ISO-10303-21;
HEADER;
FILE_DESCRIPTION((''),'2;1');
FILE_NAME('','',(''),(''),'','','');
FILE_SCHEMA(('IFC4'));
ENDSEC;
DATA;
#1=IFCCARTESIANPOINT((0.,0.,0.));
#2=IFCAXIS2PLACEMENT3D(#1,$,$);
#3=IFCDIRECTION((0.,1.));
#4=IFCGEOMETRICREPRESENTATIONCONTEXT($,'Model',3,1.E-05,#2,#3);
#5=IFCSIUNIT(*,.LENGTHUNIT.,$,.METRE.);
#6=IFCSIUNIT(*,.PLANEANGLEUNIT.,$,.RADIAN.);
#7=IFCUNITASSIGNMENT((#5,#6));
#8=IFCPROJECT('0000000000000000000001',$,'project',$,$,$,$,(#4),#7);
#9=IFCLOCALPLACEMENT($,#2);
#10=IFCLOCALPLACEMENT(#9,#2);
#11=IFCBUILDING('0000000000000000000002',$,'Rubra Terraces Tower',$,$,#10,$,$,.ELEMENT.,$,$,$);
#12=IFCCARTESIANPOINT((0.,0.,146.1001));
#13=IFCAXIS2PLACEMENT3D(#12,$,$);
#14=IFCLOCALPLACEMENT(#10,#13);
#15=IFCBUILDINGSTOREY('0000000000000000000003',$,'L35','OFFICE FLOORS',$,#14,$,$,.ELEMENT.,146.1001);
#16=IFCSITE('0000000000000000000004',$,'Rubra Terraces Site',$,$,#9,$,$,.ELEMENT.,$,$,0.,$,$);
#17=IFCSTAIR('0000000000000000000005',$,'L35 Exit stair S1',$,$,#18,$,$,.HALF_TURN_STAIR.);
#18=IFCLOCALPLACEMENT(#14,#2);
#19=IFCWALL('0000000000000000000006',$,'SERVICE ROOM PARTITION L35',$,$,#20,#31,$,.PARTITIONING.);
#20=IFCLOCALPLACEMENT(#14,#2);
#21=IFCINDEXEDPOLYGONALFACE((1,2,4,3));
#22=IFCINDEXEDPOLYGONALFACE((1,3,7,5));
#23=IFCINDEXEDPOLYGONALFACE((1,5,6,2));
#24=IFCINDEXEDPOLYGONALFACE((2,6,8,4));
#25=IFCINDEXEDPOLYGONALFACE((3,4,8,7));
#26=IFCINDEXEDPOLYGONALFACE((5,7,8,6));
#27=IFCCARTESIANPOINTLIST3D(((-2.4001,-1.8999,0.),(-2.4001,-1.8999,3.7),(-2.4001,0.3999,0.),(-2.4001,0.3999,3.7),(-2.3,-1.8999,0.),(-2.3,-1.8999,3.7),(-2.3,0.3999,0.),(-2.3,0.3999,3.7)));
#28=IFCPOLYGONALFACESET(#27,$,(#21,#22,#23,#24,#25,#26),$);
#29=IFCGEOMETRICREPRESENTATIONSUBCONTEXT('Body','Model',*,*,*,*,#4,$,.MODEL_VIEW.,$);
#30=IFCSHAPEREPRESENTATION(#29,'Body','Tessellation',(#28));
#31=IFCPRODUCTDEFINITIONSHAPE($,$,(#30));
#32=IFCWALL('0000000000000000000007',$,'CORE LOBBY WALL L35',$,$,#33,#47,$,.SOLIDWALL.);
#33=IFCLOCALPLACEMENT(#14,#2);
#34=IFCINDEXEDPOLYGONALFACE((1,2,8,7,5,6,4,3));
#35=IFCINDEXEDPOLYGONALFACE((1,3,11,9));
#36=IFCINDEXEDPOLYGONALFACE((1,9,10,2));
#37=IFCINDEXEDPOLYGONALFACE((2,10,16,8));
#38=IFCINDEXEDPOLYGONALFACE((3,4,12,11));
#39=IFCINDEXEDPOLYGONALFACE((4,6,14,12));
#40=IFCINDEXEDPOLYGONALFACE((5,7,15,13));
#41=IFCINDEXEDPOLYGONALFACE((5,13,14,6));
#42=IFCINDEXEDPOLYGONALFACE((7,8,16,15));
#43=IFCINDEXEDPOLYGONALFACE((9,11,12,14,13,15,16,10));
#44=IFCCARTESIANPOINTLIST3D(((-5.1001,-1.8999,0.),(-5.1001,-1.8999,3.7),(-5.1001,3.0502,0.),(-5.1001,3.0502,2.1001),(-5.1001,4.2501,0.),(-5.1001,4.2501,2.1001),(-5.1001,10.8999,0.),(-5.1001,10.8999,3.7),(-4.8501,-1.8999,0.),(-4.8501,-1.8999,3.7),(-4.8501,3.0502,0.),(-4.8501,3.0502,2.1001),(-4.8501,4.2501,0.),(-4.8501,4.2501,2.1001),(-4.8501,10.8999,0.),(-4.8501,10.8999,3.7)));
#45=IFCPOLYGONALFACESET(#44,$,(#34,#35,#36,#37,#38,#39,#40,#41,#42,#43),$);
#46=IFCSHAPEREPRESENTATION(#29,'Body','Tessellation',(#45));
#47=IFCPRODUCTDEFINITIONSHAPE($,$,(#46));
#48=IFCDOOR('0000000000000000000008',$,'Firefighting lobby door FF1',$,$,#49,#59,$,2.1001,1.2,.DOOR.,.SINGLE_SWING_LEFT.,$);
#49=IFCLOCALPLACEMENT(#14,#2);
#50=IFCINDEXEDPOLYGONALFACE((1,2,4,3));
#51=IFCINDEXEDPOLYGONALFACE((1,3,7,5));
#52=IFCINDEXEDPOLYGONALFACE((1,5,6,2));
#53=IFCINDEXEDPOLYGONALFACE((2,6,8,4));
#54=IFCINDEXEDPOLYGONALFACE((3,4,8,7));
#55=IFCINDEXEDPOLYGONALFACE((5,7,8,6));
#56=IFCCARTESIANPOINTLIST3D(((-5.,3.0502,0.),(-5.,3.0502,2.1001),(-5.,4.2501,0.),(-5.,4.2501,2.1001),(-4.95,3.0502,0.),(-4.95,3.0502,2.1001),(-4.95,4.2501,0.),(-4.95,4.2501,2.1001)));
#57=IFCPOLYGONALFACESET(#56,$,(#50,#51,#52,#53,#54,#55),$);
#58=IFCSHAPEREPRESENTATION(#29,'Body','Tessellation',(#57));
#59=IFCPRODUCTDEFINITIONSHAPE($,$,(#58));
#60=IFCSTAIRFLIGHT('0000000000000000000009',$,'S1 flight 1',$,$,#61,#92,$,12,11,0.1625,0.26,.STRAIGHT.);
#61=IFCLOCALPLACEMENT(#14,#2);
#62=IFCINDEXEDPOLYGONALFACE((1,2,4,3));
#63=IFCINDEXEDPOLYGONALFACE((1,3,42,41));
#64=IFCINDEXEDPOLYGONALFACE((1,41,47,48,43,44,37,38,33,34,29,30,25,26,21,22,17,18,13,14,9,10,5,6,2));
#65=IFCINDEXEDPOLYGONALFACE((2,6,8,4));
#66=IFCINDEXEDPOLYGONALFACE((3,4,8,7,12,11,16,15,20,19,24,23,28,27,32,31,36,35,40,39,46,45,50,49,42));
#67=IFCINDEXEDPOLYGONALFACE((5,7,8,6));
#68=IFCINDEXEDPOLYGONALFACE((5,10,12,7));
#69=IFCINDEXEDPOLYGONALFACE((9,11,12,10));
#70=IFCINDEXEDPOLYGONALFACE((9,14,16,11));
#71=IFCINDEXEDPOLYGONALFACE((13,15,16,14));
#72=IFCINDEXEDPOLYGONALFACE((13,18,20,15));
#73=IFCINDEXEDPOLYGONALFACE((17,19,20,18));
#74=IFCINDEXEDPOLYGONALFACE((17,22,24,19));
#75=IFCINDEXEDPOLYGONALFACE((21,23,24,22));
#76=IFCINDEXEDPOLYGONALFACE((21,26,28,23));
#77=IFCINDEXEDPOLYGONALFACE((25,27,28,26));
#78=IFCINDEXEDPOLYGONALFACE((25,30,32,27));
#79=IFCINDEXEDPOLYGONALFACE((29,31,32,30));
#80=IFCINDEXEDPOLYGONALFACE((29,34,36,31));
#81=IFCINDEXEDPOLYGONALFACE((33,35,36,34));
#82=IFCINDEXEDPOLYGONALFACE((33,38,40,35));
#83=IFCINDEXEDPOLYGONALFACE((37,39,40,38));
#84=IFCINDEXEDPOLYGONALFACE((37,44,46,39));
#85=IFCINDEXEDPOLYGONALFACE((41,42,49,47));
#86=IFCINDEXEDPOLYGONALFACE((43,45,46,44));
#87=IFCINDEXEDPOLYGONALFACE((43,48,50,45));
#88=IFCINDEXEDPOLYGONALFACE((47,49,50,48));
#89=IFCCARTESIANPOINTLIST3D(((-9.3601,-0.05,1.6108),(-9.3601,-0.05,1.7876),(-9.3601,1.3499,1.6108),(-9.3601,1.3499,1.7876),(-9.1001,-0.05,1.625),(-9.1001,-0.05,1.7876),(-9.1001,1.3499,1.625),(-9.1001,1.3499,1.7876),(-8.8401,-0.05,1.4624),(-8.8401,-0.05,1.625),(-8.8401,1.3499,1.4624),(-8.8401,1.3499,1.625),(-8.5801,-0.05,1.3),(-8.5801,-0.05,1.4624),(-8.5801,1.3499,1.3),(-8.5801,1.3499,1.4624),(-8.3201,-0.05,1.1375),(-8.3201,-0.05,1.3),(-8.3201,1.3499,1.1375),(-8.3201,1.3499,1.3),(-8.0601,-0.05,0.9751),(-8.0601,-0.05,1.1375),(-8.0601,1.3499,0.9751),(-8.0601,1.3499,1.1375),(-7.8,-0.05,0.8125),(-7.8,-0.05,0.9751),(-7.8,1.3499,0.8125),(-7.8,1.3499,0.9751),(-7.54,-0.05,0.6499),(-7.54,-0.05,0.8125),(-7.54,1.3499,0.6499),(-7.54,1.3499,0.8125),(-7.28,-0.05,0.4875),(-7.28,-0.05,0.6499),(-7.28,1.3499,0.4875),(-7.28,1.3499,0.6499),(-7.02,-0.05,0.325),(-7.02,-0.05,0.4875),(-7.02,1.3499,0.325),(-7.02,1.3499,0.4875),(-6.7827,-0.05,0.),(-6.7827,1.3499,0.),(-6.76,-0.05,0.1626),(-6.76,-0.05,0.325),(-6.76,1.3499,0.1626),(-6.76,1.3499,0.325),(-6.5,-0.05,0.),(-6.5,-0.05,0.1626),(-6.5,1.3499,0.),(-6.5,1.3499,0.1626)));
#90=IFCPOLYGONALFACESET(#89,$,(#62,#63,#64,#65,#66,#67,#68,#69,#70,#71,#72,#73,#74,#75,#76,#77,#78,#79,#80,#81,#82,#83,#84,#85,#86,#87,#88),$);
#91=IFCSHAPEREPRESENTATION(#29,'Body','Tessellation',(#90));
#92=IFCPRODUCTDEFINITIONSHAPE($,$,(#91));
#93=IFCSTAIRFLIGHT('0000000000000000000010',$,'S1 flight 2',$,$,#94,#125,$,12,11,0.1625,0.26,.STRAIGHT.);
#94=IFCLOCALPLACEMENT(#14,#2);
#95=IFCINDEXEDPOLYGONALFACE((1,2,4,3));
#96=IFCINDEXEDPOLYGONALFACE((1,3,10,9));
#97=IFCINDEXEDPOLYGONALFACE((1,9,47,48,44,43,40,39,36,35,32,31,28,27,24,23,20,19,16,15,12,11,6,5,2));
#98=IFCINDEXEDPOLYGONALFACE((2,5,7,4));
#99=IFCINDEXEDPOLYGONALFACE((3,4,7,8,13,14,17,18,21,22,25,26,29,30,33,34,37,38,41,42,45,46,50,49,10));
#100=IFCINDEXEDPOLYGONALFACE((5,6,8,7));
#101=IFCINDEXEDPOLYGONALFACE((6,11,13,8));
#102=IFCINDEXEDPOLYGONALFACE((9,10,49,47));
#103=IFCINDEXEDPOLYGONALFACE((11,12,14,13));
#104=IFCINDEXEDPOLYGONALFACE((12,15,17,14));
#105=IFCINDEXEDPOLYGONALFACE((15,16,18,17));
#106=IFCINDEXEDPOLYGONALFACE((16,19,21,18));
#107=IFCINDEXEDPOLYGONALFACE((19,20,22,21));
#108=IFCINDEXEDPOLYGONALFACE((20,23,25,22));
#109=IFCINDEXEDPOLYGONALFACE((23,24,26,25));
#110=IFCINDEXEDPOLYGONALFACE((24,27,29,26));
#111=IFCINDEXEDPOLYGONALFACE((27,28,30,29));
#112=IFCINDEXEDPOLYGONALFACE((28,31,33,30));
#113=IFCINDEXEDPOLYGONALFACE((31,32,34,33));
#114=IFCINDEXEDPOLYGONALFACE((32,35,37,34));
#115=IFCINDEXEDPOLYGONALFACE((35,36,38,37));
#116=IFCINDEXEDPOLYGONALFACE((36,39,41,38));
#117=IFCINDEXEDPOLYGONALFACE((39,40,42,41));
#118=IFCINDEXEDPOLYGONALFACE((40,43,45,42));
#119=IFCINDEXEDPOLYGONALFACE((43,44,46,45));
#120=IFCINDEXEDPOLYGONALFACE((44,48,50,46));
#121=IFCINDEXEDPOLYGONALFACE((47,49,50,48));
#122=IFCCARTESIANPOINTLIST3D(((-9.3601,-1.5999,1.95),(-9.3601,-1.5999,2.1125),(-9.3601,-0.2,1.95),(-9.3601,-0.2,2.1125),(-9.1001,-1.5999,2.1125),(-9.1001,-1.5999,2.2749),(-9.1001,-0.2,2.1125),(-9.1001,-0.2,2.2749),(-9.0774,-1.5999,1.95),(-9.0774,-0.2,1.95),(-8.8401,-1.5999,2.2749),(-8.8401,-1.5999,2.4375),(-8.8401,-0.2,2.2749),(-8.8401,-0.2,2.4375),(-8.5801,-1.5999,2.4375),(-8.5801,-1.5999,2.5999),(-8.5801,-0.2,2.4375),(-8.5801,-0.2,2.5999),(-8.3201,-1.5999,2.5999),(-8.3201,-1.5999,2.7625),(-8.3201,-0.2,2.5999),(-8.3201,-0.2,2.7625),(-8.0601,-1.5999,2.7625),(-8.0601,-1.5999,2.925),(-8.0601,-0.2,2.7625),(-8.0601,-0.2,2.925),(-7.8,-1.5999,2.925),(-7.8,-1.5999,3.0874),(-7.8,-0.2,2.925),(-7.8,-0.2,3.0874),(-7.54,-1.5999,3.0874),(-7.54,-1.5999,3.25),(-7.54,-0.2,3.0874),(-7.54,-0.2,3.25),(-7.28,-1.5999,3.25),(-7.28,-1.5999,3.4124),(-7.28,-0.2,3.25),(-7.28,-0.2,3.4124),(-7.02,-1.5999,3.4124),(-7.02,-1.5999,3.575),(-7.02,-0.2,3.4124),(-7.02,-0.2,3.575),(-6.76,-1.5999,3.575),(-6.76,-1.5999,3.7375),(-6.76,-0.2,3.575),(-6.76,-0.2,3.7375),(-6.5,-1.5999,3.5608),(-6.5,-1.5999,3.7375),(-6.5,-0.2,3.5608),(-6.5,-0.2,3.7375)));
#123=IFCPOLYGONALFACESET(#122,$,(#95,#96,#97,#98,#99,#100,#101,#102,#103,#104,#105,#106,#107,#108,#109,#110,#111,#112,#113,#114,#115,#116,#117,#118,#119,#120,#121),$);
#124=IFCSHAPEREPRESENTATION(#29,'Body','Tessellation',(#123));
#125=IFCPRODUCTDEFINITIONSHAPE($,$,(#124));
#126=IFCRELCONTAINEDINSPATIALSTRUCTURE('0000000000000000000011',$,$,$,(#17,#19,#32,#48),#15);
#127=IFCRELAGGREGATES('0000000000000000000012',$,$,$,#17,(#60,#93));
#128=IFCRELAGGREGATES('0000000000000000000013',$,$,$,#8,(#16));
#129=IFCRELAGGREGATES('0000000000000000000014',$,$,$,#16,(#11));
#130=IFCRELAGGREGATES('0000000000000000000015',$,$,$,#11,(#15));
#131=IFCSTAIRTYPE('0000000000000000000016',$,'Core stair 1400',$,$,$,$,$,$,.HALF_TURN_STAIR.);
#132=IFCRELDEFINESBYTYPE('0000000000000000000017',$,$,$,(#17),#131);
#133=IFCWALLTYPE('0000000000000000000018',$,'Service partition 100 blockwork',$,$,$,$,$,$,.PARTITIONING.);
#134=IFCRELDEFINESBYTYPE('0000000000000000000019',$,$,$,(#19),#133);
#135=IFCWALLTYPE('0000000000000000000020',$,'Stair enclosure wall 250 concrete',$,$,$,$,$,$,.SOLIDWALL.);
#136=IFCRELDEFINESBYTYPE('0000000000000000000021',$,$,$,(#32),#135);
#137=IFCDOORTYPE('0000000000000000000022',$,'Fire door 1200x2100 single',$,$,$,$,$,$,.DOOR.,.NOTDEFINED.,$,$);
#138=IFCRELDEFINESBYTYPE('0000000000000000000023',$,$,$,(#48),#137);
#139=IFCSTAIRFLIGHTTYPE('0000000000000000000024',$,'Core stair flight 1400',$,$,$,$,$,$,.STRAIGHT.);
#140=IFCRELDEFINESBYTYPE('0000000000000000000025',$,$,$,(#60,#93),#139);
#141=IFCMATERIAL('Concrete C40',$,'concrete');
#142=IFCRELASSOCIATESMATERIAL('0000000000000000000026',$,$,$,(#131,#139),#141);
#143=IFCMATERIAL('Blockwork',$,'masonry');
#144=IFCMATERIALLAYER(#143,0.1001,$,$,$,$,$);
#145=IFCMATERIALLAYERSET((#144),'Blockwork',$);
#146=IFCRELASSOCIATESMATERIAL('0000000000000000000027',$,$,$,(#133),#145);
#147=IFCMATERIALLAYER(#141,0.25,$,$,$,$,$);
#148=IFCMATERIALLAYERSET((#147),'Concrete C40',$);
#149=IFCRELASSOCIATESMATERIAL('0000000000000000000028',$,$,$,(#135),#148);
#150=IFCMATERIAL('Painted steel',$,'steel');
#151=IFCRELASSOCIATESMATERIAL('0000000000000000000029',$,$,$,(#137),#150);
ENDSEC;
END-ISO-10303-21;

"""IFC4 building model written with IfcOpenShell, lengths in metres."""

from ifc_helpers import new_model, si_unit, direction, frame, frame_2d, origin, place, context, subcontext, project, spatial, polyline, rectangle, outline, extrude, material, layer, layer_set, type_object, element, fill, aggregate, save


model = new_model("IFC4")

# Units and contexts
model_context = context("Model", 3, precision=1e-05, world=origin(), true_north=direction((0.0, 1.0)))
body_context = subcontext(model_context, "Body", "Model", "MODEL_VIEW")
ifc_project = project(units=[si_unit("LENGTHUNIT", "METRE"), si_unit("PLANEANGLEUNIT", "RADIAN")], contexts=[model_context])

# Site, building, storey
site_placement = place(None, origin())
site = spatial("IfcSite", under=ifc_project, at=site_placement, Name="Rubra Terraces Site", CompositionType="ELEMENT", RefElevation=0.0)
building_placement = place(site_placement, origin())
building = spatial("IfcBuilding", under=site, at=building_placement, Name="Rubra Terraces Tower", CompositionType="ELEMENT")
storey_placement = place(building_placement, frame((0.0, 0.0, 146.1001)))
storey = spatial("IfcBuildingStorey", under=building, at=storey_placement, Name="L35", Description="OFFICE FLOORS", CompositionType="ELEMENT", Elevation=146.1001)

# Shared definitions
ifc_material_1 = material(Name="Concrete C40", Category="concrete")

# Stair
stair_type = type_object("IfcStairType", Name="Core stair 1400", PredefinedType="HALF_TURN_STAIR", material=ifc_material_1)
stair_placement = place(storey_placement, origin())
stair = element("IfcStair", 1, at=stair_placement, inside=storey, type_object=stair_type, Name="L35 Exit stair S1", PredefinedType="HALF_TURN_STAIR")

# Wall
ifc_material_2 = material(Name="Blockwork", Category="masonry")
ifc_layer_1 = layer(ifc_material_2, 0.1001)
ifc_layer_set_1 = layer_set([ifc_layer_1], Name="Blockwork")
wall_type_1 = type_object("IfcWallType", Name="Service partition 100 blockwork", PredefinedType="PARTITIONING", material=ifc_layer_set_1)
wall_1_placement = place(storey_placement, frame((-2.3501, -1.8999, 0.0), z_axis=(0.0, 0.0, 1.0), x_axis=(0.0, 1.0, 0.0)))
element("IfcWall", 2, at=wall_1_placement, inside=storey, type_object=wall_type_1, Name="SERVICE ROOM PARTITION L35", PredefinedType="PARTITIONING", context=body_context, shape_type="SweptSolid", body=[
    extrude(rectangle(XDim=2.2998, YDim=0.1001, at=frame_2d((1.1499, 0.0))), origin(), (0.0, 0.0, 1.0), 3.7),
])

# Wall, opening, door
ifc_layer_2 = layer(ifc_material_1, 0.25)
ifc_layer_set_2 = layer_set([ifc_layer_2], Name="Concrete C40")
wall_type_2 = type_object("IfcWallType", Name="Stair enclosure wall 250 concrete", PredefinedType="SOLIDWALL", material=ifc_layer_set_2)
wall_2_placement = place(storey_placement, frame((-4.9751, -1.8999, 0.0), z_axis=(0.0, 0.0, 1.0), x_axis=(0.0, 1.0, 0.0)))
wall_2 = element("IfcWall", 3, at=wall_2_placement, inside=storey, type_object=wall_type_2, Name="CORE LOBBY WALL L35", PredefinedType="SOLIDWALL", context=body_context, shape_type="SweptSolid", body=[
    extrude(rectangle(XDim=12.7998, YDim=0.25, at=frame_2d((6.3999, 0.0))), origin(), (0.0, 0.0, 1.0), 3.7),
])
opening_1_placement = place(wall_2_placement, frame((4.95, 0.0, 0.0)))
opening_1 = element("IfcOpeningElement", 4, at=opening_1_placement, cuts=wall_2, PredefinedType="OPENING", context=body_context, shape_type="SweptSolid", body=[
    extrude(rectangle(XDim=1.2, YDim=2.1001, at=frame_2d((0.6001, 1.05))), frame((0.0, 0.135, 0.0), z_axis=(0.0, -1.0, 0.0), x_axis=(1.0, 0.0, 0.0)), (0.0, 0.0, 1.0), 0.27),
])
ifc_material_3 = material(Name="Painted steel", Category="steel")
door_type_1 = type_object("IfcDoorType", Name="Fire door 1200x2100 single", OperationType="NOTDEFINED", PredefinedType="DOOR", material=ifc_material_3)
door_1_placement = place(opening_1_placement, origin())
door_1 = element("IfcDoor", 5, at=door_1_placement, inside=storey, type_object=door_type_1, Name="Firefighting lobby door FF1", OperationType="SINGLE_SWING_LEFT", OverallHeight=2.1001, OverallWidth=1.2, PredefinedType="DOOR", context=body_context, shape_type="SweptSolid", body=[
    extrude(rectangle(XDim=1.2, YDim=2.1001, at=frame_2d((0.6001, 1.05))), frame((0.0, 0.0249, 0.0), z_axis=(0.0, -1.0, 0.0), x_axis=(1.0, 0.0, 0.0)), (0.0, 0.0, 1.0), 0.05),
])
fill(opening_1, door_1)

# Stair flights
stair_flight_type = type_object("IfcStairFlightType", Name="Core stair flight 1400", PredefinedType="STRAIGHT", material=ifc_material_1)
stair_flight_1_placement = place(storey_placement, frame((-6.5, 0.6499, 0.0), z_axis=(0.0, 0.0, 1.0), x_axis=(-1.0, 0.0, 0.0)))
stair_flight_1 = element("IfcStairFlight", 6, at=stair_flight_1_placement, type_object=stair_flight_type, Name="S1 flight 1", NumberOfRisers=12, NumberOfTreads=11, PredefinedType="STRAIGHT", RiserHeight=0.1625, TreadLength=0.26, context=body_context, shape_type="SweptSolid", body=[
    extrude(outline(polyline([(0.0, 0.0), (0.0, 0.1626), (0.26, 0.1626), (0.26, 0.325), (0.52, 0.325), (0.52, 0.4875), (0.78, 0.4875), (0.78, 0.6499), (1.04, 0.6499), (1.04, 0.8125), (1.3, 0.8125), (1.3, 0.9751), (1.5601, 0.9751), (1.5601, 1.1375), (1.8201, 1.1375), (1.8201, 1.3), (2.0801, 1.3), (2.0801, 1.4624), (2.3401, 1.4624), (2.3401, 1.625), (2.6001, 1.625), (2.6001, 1.7876), (2.8601, 1.7876), (2.8601, 1.95), (2.8601, 1.6108), (0.2827, 0.0), (0.0, 0.0)])), frame((0.0, 0.7, 0.0), z_axis=(0.0, -1.0, 0.0), x_axis=(1.0, 0.0, 0.0)), (0.0, 0.0, 1.0), 1.3999),
])
stair_flight_2_placement = place(storey_placement, frame((-9.3601, -0.8999, 1.95), z_axis=(0.0, 0.0, 1.0), x_axis=(1.0, 0.0, 0.0)))
stair_flight_2 = element("IfcStairFlight", 7, at=stair_flight_2_placement, type_object=stair_flight_type, Name="S1 flight 2", NumberOfRisers=12, NumberOfTreads=11, PredefinedType="STRAIGHT", RiserHeight=0.1625, TreadLength=0.26, context=body_context, shape_type="SweptSolid", body=[
    extrude(outline(polyline([(0.0, 0.0), (0.0, 0.1626), (0.26, 0.1626), (0.26, 0.325), (0.52, 0.325), (0.52, 0.4875), (0.78, 0.4875), (0.78, 0.6499), (1.04, 0.6499), (1.04, 0.8125), (1.3, 0.8125), (1.3, 0.9751), (1.5601, 0.9751), (1.5601, 1.1375), (1.8201, 1.1375), (1.8201, 1.3), (2.0801, 1.3), (2.0801, 1.4624), (2.3401, 1.4624), (2.3401, 1.625), (2.6001, 1.625), (2.6001, 1.7876), (2.8601, 1.7876), (2.8601, 1.95), (2.8601, 1.6108), (0.2827, 0.0), (0.0, 0.0)])), frame((0.0, 0.7, 0.0), z_axis=(0.0, -1.0, 0.0), x_axis=(1.0, 0.0, 0.0)), (0.0, 0.0, 1.0), 1.3999),
])
aggregate(stair, [stair_flight_1, stair_flight_2])

save(model, "model.ifc")
